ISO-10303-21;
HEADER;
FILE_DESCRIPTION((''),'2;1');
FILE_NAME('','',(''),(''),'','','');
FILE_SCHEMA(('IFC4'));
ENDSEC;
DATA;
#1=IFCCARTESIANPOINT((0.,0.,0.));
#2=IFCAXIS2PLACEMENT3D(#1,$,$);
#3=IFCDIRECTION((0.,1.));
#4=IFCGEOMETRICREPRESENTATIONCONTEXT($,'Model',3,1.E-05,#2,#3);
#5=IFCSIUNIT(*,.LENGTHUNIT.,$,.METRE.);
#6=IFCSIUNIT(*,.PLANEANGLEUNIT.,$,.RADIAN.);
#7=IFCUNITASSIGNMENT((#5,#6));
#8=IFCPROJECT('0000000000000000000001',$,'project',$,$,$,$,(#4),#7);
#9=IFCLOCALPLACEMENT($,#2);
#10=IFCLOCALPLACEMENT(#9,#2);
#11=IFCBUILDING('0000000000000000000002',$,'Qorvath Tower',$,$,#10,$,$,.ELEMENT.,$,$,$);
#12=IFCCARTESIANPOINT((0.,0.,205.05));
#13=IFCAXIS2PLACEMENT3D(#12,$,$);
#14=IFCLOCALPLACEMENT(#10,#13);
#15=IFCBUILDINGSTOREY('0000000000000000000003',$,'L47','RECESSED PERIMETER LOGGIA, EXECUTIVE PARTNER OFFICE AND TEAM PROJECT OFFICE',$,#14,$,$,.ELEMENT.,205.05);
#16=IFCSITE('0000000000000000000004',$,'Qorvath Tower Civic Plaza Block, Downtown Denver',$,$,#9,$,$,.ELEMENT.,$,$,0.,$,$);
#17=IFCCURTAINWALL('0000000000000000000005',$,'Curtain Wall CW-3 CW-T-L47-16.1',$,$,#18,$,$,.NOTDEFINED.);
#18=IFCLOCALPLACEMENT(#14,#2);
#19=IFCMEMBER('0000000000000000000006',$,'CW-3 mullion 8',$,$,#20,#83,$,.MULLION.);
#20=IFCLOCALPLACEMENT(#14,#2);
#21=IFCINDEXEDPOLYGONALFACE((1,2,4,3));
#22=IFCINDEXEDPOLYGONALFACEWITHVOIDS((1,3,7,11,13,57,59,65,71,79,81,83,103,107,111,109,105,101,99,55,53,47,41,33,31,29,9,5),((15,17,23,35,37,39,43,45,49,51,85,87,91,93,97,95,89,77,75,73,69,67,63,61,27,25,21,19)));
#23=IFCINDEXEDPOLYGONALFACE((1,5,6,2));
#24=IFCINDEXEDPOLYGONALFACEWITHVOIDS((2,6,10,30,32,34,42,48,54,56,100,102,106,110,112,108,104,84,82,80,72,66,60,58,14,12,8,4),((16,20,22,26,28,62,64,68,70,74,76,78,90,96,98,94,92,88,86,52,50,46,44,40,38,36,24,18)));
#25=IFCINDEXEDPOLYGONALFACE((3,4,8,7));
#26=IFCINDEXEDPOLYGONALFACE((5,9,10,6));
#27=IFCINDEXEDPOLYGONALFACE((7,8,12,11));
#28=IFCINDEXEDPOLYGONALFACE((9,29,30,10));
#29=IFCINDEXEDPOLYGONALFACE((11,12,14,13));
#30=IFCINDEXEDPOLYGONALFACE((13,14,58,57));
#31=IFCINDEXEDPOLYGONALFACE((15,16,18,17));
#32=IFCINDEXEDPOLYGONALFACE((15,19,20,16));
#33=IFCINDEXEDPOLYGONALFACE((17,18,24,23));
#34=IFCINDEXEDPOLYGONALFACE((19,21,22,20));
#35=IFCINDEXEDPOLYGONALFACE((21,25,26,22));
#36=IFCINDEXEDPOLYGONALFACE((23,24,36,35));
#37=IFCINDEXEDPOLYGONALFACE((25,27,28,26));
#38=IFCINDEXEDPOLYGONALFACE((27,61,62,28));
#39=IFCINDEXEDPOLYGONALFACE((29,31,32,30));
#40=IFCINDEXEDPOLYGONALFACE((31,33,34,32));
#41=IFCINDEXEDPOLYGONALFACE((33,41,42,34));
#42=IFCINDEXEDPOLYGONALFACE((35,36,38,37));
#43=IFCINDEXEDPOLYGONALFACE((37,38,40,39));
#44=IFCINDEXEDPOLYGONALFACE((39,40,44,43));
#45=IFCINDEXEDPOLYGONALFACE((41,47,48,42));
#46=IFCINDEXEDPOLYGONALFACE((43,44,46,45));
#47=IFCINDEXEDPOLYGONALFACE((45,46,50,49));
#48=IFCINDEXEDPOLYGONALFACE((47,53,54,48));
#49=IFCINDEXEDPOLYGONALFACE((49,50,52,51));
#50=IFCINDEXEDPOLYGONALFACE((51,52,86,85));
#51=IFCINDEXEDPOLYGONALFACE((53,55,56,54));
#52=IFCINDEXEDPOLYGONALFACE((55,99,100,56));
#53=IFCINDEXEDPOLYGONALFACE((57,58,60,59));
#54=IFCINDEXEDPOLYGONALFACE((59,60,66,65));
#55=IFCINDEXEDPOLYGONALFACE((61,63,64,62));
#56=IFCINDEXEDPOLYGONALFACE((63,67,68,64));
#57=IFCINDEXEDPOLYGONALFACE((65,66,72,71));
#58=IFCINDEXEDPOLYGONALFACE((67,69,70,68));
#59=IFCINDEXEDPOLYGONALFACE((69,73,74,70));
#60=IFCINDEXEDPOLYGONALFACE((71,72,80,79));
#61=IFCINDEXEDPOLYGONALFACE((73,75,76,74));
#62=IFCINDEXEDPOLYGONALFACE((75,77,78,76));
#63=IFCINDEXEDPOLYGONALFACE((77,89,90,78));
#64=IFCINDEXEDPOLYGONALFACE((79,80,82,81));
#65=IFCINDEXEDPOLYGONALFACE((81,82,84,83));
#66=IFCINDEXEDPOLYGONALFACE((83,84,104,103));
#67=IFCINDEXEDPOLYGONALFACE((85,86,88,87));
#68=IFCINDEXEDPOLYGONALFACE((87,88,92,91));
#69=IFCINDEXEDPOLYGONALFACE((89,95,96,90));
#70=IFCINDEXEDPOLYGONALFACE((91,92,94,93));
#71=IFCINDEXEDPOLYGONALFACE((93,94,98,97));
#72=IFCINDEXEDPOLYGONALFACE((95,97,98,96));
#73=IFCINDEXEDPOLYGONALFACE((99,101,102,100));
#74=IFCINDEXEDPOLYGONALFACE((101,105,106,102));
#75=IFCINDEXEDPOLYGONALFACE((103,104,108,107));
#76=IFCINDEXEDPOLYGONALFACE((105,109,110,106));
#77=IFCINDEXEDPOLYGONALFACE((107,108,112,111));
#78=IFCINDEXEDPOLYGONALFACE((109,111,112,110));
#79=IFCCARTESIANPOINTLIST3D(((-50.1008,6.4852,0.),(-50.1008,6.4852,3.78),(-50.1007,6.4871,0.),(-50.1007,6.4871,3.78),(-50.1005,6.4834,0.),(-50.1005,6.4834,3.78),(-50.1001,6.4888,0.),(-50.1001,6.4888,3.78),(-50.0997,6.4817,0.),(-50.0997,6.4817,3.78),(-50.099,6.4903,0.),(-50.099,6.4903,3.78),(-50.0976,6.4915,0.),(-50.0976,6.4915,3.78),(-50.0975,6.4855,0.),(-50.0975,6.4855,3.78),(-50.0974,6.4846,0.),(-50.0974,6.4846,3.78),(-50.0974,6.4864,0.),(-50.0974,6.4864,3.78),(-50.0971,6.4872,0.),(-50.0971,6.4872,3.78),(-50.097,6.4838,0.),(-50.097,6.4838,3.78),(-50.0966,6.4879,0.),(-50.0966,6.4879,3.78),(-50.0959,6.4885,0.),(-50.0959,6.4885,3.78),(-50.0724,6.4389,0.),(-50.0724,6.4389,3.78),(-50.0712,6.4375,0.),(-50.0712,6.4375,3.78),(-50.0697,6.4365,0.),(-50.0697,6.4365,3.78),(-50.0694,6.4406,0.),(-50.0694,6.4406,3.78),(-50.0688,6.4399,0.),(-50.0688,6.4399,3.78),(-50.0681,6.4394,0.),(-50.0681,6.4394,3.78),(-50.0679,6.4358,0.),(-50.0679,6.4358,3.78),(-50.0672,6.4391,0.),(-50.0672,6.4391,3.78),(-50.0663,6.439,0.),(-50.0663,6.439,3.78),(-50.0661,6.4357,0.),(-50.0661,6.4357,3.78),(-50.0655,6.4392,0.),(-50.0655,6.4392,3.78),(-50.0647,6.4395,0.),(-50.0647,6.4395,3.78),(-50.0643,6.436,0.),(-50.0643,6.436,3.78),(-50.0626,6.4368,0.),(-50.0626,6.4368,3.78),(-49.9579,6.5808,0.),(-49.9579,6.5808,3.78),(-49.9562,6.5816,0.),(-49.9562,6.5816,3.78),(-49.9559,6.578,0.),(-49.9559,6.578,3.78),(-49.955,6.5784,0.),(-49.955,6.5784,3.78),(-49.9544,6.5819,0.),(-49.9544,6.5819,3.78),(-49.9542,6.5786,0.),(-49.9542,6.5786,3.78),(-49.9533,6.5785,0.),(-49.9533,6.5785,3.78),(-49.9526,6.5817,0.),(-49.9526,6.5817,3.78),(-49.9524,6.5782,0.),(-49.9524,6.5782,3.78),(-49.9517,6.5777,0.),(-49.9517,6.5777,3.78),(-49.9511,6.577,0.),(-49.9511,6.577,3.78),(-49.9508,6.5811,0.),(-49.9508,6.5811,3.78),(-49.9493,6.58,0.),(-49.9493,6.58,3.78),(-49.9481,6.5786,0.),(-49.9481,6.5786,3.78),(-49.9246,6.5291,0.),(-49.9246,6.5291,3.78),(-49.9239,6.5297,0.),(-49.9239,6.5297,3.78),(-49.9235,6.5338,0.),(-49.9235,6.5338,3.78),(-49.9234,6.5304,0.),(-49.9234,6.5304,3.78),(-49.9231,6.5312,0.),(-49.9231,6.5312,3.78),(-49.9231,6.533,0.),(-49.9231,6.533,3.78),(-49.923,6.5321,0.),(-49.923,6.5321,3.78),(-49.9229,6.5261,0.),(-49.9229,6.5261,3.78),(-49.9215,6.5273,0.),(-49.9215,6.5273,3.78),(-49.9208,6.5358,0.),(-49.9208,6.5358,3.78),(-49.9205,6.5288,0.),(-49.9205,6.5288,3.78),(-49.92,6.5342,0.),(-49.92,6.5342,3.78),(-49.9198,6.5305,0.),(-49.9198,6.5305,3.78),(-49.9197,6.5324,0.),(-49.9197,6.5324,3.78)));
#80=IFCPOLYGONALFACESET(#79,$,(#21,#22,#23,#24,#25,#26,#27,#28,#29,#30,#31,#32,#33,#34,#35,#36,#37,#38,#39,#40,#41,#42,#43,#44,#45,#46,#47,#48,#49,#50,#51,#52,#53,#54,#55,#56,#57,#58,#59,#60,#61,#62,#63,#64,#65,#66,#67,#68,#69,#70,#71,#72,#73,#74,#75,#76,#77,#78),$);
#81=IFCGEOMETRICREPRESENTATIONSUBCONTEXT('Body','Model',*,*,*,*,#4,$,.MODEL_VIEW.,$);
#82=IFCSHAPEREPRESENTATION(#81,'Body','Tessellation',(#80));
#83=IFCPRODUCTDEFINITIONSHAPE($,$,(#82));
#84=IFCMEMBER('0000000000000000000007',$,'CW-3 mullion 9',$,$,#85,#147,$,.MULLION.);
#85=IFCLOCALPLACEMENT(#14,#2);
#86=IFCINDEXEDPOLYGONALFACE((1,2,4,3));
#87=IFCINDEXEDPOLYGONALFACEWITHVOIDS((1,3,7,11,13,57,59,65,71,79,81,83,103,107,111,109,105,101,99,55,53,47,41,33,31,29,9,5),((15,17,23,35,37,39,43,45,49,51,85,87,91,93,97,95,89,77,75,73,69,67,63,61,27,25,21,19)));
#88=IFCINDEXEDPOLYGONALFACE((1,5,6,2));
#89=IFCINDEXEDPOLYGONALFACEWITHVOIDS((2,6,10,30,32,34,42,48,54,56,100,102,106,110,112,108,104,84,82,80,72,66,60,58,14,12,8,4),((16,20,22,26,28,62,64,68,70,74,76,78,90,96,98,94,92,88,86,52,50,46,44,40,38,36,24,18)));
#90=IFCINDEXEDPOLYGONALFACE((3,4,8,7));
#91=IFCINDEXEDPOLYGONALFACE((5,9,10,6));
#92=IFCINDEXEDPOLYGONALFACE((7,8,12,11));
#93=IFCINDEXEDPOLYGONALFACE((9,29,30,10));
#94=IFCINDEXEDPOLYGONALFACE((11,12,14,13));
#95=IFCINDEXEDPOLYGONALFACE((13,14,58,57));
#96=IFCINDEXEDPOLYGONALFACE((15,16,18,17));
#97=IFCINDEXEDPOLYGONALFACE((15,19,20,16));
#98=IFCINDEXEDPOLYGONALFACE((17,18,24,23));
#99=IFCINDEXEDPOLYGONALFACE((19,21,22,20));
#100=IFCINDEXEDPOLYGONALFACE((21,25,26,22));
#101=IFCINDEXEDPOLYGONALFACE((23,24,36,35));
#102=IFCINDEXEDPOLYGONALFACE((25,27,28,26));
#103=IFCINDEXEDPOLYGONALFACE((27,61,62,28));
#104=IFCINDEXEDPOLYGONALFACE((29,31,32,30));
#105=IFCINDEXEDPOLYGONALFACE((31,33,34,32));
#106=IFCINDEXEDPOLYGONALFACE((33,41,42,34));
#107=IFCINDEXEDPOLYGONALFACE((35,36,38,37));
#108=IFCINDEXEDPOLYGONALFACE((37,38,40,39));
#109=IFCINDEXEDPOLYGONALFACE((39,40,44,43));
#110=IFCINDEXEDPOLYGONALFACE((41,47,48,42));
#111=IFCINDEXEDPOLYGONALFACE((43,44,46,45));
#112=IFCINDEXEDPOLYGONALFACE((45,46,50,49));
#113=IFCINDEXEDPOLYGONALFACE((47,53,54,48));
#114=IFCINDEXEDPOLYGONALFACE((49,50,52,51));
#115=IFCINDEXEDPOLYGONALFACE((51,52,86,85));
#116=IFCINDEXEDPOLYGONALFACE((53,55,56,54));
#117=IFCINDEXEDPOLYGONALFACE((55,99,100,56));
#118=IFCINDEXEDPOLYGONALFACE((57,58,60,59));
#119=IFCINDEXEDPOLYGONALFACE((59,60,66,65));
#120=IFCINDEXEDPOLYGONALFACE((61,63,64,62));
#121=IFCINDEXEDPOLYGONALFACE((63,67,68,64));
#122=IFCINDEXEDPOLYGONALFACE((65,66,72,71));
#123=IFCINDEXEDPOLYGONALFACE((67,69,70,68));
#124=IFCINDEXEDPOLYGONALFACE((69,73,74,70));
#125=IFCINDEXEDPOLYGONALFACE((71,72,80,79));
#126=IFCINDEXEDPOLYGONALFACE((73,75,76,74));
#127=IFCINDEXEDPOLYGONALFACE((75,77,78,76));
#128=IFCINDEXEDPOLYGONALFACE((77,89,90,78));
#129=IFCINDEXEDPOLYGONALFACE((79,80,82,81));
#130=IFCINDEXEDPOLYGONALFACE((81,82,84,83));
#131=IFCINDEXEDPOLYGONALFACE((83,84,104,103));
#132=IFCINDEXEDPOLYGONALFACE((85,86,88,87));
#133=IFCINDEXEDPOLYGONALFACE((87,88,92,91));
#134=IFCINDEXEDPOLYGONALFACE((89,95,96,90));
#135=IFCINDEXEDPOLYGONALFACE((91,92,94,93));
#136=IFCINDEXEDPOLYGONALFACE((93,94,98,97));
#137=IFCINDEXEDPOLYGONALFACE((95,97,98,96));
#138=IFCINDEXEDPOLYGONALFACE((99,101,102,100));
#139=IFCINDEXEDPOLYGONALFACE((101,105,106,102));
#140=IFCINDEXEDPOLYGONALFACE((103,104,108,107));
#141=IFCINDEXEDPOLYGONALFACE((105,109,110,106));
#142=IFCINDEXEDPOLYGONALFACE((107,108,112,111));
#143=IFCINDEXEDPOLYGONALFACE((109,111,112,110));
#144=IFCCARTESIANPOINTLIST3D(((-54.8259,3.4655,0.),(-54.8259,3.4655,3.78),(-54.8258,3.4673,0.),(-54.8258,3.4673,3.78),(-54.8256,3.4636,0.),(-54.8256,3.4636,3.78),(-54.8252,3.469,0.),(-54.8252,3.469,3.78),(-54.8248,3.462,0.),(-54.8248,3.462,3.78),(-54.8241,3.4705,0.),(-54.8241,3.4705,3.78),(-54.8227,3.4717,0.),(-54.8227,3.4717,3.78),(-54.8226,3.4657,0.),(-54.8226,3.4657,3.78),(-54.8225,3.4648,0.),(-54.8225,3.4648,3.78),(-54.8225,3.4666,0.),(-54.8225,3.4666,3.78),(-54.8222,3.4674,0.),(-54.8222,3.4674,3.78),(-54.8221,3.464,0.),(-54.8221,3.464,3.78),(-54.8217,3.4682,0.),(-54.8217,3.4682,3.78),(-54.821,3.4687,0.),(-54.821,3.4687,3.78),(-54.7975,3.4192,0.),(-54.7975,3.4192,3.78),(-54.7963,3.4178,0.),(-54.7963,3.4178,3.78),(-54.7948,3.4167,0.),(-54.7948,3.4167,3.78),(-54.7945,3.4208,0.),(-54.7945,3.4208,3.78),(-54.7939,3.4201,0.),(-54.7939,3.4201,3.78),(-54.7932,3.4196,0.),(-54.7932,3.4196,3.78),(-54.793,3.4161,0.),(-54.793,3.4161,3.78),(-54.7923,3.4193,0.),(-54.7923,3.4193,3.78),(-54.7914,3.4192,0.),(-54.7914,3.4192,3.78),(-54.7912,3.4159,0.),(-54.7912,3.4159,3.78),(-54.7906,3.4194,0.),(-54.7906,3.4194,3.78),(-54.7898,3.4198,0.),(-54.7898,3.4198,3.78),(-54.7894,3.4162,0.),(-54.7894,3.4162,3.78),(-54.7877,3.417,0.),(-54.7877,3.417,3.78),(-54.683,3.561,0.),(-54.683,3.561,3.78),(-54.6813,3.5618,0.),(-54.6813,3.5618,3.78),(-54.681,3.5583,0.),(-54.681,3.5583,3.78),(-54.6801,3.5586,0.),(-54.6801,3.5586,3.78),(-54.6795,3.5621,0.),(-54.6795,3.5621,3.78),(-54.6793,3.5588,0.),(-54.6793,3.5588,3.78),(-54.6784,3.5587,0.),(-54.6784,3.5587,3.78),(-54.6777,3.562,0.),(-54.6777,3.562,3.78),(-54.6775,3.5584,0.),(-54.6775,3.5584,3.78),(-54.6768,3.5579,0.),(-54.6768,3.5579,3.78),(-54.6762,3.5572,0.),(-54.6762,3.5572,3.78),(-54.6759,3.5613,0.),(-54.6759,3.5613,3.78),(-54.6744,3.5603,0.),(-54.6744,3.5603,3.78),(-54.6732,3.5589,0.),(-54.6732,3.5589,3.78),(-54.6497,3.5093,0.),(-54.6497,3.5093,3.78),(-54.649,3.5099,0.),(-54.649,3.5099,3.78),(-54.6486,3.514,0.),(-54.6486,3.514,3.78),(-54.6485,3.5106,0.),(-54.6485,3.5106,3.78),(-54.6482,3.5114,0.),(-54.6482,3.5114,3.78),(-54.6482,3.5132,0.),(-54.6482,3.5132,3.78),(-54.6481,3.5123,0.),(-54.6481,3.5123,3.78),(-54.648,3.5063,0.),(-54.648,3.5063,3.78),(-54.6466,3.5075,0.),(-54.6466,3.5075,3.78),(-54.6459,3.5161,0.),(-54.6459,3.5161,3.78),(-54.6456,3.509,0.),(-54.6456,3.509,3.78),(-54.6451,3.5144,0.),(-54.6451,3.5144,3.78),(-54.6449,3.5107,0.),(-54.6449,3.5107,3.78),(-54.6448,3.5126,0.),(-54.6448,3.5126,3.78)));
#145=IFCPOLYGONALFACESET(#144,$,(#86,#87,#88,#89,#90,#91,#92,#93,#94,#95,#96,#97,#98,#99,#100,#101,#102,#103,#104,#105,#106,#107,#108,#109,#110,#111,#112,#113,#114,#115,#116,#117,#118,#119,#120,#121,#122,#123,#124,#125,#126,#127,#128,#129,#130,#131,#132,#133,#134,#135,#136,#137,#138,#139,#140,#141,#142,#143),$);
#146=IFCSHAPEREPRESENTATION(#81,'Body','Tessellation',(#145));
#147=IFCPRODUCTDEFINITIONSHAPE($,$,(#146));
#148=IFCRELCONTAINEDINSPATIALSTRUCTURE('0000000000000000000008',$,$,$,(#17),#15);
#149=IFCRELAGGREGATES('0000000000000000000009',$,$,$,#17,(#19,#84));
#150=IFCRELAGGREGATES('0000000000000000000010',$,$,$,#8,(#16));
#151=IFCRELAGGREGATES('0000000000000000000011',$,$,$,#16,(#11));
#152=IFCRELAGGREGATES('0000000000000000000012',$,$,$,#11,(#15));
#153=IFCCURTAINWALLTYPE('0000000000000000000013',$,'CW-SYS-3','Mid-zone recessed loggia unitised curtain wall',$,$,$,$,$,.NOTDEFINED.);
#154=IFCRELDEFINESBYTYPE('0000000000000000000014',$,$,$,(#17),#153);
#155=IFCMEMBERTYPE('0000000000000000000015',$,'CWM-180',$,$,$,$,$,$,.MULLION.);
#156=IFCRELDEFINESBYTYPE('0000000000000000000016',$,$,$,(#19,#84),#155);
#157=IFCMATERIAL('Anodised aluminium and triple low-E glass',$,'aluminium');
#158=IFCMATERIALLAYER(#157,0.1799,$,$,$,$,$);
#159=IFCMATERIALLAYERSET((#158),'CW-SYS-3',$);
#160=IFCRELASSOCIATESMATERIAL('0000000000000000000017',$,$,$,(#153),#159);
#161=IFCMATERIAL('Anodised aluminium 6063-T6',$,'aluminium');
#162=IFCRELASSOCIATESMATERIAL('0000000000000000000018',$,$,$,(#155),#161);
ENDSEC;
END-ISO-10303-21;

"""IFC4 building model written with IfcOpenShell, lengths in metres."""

from ifc_helpers import new_model, si_unit, direction, frame, origin, origin_2d, place, context, subcontext, project, spatial, hollow_rectangle, extrude, material, layer, layer_set, material_profile, profile_set, type_object, element, aggregate, save


model = new_model("IFC4")

# Units and contexts
model_context = context("Model", 3, precision=1e-05, world=origin(), true_north=direction((0.0, 1.0)))
body_context = subcontext(model_context, "Body", "Model", "MODEL_VIEW")
ifc_project = project(units=[si_unit("LENGTHUNIT", "METRE"), si_unit("PLANEANGLEUNIT", "RADIAN")], contexts=[model_context])

# Site, building, storey
site_placement = place(None, origin())
site = spatial("IfcSite", under=ifc_project, at=site_placement, Name="Qorvath Tower Civic Plaza Block, Downtown Denver", CompositionType="ELEMENT", RefElevation=0.0)
building_placement = place(site_placement, origin())
building = spatial("IfcBuilding", under=site, at=building_placement, Name="Qorvath Tower", CompositionType="ELEMENT")
storey_placement = place(building_placement, frame((0.0, 0.0, 205.05)))
storey = spatial("IfcBuildingStorey", under=building, at=storey_placement, Name="L47", Description="RECESSED PERIMETER LOGGIA, EXECUTIVE PARTNER OFFICE AND TEAM PROJECT OFFICE", CompositionType="ELEMENT", Elevation=205.05)

# Curtain wall, members
ifc_material_1 = material(Name="Anodised aluminium and triple low-E glass", Category="aluminium")
ifc_layer_1 = layer(ifc_material_1, 0.1799)
ifc_layer_set_1 = layer_set([ifc_layer_1], Name="CW-SYS-3")
curtain_wall_type = type_object("IfcCurtainWallType", Name="CW-SYS-3", Description="Mid-zone recessed loggia unitised curtain wall", PredefinedType="NOTDEFINED", material=ifc_layer_set_1)
curtain_wall_placement = place(storey_placement, origin())
curtain_wall = element("IfcCurtainWall", 1, at=curtain_wall_placement, inside=storey, type_object=curtain_wall_type, Name="Curtain Wall CW-3 CW-T-L47-16.1", PredefinedType="NOTDEFINED")
ifc_material_2 = material(Name="Anodised aluminium 6063-T6", Category="aluminium")
ifc_material_profile_1 = material_profile(ifc_material_2, hollow_rectangle(XDim=0.0649, YDim=0.1799, WallThickness=0.0034, InnerFilletRadius=0.0034, OuterFilletRadius=0.0071, at=origin_2d()), Name="CWM 180x65")
ifc_profile_set_1 = profile_set([ifc_material_profile_1], Name="Anodised aluminium 6063-T6")
member_type_1 = type_object("IfcMemberType", Name="CWM-180", PredefinedType="MULLION", material=ifc_profile_set_1)
member_1_placement = place(storey_placement, frame((-50.0103, 6.5088, 0.0), z_axis=(0.0, 0.0, 1.0), x_axis=(0.538534, -0.842604, 0.0)))
member_1 = element("IfcMember", 2, at=member_1_placement, type_object=member_type_1, Name="CW-3 mullion 8", PredefinedType="MULLION", context=body_context, shape_type="SweptSolid", body=[
    extrude(hollow_rectangle(XDim=0.0649, YDim=0.1799, WallThickness=0.0034, InnerFilletRadius=0.0034, OuterFilletRadius=0.0071, at=origin_2d()), origin(), (0.0, 0.0, 1.0), 3.78),
])
member_2_placement = place(storey_placement, frame((-54.7354, 3.489, 0.0), z_axis=(0.0, 0.0, 1.0), x_axis=(0.538534, -0.842604, 0.0)))
member_2 = element("IfcMember", 3, at=member_2_placement, type_object=member_type_1, Name="CW-3 mullion 9", PredefinedType="MULLION", context=body_context, shape_type="SweptSolid", body=[
    extrude(hollow_rectangle(XDim=0.0649, YDim=0.1799, WallThickness=0.0034, InnerFilletRadius=0.0034, OuterFilletRadius=0.0071, at=origin_2d()), origin(), (0.0, 0.0, 1.0), 3.78),
])
aggregate(curtain_wall, [member_1, member_2])

save(model, "model.ifc")
